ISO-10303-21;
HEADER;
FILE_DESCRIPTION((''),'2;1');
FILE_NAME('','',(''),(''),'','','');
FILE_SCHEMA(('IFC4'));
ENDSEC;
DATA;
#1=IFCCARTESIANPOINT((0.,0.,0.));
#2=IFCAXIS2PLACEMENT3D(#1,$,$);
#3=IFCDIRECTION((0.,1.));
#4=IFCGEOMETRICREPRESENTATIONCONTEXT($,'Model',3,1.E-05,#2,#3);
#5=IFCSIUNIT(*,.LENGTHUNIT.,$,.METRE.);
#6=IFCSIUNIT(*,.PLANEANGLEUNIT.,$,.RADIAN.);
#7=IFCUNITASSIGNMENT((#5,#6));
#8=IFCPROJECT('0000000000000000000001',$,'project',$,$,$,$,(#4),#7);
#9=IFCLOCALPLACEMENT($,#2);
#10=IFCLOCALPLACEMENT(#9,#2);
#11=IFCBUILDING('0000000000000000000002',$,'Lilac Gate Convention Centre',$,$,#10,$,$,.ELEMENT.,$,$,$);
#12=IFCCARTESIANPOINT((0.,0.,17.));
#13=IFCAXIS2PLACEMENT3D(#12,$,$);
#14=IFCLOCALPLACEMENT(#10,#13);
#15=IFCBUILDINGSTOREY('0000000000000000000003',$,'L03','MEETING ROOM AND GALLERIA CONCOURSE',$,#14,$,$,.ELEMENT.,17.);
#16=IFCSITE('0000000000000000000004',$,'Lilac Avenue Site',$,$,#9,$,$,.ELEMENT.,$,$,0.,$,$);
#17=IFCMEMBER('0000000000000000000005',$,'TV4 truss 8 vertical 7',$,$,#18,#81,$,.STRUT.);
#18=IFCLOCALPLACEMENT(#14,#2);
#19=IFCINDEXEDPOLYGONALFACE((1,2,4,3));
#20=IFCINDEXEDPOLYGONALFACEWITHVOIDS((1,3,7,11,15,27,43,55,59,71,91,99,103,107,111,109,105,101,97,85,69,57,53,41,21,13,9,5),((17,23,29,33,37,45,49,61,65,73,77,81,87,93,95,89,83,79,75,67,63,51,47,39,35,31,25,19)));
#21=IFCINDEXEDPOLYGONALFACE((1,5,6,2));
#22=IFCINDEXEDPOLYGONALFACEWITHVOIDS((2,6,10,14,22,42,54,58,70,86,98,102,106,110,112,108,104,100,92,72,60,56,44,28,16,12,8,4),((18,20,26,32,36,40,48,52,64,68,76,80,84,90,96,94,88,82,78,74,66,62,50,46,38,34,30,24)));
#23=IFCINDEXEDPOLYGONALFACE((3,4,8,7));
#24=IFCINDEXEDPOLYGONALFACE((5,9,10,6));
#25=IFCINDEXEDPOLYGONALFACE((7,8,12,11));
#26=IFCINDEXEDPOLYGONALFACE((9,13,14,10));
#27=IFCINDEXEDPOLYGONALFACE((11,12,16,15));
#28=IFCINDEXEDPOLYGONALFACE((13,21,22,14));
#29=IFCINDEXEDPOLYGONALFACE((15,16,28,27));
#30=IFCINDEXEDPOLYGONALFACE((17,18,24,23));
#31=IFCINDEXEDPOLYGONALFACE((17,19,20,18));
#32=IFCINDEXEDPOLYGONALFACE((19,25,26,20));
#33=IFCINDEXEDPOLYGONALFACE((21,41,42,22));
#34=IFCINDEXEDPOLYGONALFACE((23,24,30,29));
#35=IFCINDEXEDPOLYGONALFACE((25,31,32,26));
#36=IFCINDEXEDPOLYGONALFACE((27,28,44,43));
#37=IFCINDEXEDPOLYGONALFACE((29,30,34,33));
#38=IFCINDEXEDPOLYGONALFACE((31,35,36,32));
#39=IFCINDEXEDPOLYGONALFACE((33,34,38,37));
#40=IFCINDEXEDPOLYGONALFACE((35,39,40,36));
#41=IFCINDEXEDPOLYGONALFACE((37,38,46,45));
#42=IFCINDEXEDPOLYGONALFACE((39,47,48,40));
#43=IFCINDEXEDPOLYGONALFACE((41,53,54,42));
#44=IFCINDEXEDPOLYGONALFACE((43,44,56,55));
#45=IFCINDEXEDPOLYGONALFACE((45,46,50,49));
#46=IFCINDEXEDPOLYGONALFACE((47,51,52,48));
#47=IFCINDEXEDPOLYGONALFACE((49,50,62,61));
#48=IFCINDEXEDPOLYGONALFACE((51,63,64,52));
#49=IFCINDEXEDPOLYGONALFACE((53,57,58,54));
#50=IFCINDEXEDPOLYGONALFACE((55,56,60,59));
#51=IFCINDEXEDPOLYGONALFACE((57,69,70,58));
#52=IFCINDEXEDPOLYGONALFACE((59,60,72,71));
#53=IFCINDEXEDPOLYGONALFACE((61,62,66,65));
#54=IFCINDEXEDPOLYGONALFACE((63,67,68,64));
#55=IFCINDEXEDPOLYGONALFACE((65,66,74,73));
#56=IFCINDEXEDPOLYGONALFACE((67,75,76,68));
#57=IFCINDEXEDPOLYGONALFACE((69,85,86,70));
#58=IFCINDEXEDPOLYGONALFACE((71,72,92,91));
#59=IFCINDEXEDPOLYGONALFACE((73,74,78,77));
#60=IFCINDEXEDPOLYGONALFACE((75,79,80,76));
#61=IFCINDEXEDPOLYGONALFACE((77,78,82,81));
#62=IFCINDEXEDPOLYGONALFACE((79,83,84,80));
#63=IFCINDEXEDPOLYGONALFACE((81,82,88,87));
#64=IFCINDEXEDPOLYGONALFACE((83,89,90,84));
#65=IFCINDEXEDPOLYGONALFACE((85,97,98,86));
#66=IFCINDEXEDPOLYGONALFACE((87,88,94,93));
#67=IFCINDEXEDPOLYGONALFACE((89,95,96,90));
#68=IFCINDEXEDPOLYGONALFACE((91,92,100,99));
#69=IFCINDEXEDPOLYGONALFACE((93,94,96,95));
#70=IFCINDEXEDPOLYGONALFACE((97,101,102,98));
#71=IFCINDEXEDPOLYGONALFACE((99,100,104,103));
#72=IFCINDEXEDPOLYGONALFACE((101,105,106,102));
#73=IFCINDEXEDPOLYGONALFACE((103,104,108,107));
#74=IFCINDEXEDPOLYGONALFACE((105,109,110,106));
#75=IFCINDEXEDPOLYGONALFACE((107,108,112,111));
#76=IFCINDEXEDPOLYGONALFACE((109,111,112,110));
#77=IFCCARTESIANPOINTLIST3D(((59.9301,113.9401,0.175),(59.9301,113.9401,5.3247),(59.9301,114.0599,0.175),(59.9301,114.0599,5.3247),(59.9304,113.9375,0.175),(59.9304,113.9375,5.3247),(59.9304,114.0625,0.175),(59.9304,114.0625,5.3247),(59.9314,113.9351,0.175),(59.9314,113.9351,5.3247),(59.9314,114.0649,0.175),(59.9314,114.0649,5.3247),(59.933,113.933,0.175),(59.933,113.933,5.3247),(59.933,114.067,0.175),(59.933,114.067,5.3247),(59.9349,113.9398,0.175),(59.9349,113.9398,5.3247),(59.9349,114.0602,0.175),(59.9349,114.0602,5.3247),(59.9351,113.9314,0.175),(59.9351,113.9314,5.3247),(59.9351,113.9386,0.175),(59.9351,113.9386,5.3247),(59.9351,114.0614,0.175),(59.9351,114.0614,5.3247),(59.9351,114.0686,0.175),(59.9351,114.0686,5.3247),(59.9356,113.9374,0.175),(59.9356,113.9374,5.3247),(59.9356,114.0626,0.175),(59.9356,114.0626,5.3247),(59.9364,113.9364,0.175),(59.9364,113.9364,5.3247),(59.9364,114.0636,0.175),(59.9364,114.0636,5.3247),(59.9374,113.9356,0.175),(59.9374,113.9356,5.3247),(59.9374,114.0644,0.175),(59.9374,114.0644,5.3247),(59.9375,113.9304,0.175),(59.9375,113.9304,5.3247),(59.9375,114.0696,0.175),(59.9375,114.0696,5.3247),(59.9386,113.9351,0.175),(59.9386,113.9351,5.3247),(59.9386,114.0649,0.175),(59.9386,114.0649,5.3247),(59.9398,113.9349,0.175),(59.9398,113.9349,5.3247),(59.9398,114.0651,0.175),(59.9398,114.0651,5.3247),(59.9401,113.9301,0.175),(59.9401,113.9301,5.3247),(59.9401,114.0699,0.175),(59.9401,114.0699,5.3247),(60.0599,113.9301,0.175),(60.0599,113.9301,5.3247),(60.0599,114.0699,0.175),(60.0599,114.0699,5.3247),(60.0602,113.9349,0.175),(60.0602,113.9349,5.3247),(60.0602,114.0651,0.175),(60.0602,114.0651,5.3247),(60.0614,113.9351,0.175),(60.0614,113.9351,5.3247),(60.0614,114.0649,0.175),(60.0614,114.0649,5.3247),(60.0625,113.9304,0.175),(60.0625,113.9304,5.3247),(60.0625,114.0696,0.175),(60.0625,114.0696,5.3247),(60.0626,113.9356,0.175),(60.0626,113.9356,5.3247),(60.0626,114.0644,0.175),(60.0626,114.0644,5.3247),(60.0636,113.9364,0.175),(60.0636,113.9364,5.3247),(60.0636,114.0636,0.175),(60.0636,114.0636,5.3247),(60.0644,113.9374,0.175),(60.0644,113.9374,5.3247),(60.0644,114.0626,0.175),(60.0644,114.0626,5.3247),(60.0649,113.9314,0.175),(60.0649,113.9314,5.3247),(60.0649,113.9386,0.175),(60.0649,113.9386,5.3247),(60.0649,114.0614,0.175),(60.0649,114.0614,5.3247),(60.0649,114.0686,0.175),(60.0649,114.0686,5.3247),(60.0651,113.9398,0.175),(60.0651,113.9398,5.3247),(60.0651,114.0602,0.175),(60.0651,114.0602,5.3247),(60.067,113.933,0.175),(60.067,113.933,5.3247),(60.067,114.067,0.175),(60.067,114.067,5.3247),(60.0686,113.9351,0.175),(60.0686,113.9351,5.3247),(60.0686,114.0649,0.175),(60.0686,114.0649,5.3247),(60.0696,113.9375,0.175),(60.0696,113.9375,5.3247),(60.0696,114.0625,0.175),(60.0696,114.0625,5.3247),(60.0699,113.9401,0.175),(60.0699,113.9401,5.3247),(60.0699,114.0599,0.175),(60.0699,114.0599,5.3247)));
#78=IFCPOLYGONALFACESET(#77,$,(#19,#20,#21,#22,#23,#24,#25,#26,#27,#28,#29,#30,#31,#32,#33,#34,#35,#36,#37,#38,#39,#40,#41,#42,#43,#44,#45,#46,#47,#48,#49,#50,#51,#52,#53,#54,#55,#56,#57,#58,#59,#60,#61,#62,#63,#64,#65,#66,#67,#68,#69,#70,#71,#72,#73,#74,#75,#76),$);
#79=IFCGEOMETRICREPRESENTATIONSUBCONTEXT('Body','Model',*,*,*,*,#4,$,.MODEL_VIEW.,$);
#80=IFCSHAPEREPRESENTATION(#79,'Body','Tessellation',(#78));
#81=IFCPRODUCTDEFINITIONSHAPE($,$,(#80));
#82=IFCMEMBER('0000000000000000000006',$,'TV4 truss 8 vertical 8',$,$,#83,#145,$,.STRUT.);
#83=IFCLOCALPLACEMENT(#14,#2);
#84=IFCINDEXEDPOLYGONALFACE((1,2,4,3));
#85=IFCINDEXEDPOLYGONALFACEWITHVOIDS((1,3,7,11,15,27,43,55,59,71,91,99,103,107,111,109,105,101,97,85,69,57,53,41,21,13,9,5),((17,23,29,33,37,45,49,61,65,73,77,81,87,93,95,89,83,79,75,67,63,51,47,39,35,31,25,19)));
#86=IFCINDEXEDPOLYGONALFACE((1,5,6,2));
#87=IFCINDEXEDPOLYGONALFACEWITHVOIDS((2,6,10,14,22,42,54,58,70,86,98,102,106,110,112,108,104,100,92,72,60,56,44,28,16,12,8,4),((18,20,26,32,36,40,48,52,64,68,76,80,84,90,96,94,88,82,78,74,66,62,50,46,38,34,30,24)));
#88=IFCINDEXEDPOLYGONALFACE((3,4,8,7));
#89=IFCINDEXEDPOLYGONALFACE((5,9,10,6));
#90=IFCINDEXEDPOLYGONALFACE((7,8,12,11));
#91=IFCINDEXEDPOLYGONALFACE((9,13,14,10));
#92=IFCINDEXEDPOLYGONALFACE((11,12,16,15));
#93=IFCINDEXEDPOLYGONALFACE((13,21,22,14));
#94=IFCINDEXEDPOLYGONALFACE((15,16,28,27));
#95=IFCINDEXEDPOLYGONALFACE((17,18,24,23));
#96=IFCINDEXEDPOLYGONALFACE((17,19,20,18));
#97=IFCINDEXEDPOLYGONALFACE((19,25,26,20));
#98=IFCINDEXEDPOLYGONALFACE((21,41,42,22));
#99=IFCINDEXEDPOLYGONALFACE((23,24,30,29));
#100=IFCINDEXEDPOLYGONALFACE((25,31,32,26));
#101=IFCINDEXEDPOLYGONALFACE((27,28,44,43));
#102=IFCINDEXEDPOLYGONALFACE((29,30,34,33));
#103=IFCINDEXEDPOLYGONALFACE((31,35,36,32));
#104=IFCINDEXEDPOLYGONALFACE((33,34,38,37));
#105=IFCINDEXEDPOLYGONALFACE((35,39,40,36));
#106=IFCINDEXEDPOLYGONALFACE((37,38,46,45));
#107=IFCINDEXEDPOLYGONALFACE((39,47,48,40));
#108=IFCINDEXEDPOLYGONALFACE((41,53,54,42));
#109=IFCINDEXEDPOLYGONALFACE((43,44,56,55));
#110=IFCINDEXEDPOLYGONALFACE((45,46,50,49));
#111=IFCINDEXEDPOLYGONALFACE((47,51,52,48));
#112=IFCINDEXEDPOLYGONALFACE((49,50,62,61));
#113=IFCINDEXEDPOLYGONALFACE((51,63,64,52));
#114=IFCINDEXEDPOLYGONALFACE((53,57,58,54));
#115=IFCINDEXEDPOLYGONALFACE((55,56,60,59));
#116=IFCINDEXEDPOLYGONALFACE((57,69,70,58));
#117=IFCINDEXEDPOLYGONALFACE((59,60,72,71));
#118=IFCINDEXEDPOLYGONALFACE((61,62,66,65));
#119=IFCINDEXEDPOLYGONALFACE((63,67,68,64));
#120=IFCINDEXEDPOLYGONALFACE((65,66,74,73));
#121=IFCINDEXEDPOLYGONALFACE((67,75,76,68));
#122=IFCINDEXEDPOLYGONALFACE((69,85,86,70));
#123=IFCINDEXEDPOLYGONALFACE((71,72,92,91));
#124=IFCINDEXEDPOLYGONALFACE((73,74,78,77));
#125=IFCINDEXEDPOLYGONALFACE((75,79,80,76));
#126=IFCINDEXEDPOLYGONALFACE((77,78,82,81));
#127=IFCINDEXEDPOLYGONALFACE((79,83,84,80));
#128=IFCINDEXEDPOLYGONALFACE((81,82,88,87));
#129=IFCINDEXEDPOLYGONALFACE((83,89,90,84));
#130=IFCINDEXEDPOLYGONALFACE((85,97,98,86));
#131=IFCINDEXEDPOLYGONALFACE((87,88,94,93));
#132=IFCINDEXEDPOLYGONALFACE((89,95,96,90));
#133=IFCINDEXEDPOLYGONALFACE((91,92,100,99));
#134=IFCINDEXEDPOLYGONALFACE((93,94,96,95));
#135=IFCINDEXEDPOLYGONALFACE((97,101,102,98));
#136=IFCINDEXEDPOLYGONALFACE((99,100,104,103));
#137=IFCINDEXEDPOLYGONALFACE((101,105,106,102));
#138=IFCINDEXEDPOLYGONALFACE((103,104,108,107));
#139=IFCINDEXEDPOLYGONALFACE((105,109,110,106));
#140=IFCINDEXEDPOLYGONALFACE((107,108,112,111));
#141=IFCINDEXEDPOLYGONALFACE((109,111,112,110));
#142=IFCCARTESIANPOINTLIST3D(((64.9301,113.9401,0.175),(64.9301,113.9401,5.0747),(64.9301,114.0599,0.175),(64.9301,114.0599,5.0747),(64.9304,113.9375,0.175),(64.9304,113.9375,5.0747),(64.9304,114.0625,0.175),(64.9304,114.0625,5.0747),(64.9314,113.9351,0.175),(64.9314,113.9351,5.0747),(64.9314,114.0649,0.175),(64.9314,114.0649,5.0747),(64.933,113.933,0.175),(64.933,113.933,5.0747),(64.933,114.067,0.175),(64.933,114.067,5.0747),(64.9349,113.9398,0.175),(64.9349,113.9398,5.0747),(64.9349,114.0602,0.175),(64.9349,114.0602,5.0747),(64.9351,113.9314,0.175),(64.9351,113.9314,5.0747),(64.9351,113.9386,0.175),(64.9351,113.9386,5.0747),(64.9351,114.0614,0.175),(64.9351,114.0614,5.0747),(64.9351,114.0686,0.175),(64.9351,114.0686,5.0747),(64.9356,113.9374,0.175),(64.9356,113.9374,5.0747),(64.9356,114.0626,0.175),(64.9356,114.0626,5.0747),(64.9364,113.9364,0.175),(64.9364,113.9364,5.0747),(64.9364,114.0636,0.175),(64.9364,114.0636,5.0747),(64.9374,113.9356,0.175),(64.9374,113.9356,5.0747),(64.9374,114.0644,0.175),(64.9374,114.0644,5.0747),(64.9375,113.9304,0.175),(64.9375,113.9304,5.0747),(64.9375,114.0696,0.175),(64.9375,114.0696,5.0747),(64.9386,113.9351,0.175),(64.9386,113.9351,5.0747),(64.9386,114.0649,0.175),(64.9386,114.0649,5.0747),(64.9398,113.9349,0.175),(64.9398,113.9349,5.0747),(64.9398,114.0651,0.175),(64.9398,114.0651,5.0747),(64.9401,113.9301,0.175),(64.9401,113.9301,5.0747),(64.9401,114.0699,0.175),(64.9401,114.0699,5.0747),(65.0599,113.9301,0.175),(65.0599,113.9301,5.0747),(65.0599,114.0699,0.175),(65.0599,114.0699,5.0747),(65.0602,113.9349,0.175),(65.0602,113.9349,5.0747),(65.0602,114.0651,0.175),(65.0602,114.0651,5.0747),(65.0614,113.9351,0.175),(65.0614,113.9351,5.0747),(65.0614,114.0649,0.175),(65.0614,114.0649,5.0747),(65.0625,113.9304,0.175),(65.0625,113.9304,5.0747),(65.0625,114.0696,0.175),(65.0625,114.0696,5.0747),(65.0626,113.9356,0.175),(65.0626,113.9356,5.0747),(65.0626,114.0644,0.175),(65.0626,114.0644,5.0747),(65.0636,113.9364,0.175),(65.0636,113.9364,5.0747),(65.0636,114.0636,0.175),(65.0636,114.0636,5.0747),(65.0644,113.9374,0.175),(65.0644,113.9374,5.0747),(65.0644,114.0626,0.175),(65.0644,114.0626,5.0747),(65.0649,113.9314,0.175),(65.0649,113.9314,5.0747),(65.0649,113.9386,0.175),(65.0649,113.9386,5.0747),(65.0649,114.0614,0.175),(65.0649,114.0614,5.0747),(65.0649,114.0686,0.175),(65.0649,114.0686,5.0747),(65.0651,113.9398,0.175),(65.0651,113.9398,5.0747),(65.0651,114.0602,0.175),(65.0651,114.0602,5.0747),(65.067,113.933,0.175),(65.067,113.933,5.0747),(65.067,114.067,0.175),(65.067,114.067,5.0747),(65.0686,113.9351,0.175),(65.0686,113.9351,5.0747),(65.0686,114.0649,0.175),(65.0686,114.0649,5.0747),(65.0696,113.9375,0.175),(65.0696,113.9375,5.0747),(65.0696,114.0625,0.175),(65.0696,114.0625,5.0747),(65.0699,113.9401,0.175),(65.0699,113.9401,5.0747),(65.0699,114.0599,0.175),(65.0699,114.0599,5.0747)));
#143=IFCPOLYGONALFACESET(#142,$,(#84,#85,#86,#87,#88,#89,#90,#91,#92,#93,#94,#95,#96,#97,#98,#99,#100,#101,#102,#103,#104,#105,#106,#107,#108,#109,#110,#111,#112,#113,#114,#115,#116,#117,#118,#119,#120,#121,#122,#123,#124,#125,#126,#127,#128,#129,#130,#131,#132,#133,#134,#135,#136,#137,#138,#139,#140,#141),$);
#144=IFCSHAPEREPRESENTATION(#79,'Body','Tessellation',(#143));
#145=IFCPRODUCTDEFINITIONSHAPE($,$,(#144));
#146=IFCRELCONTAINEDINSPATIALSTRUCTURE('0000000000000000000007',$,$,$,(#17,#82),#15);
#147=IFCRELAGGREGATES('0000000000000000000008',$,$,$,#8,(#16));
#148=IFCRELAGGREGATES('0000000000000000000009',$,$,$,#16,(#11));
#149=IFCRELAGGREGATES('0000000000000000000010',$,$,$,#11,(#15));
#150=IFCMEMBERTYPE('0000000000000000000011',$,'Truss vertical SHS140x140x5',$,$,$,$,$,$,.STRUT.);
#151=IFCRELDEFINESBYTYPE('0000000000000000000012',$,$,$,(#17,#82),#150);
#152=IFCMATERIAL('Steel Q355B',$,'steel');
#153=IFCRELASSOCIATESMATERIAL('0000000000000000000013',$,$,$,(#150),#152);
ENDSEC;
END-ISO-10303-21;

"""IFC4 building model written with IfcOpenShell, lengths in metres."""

from ifc_helpers import new_model, si_unit, direction, frame, origin, origin_2d, place, context, subcontext, project, spatial, hollow_rectangle, extrude, material, material_profile, profile_set, type_object, element, save


model = new_model("IFC4")

# Units and contexts
model_context = context("Model", 3, precision=1e-05, world=origin(), true_north=direction((0.0, 1.0)))
body_context = subcontext(model_context, "Body", "Model", "MODEL_VIEW")
ifc_project = project(units=[si_unit("LENGTHUNIT", "METRE"), si_unit("PLANEANGLEUNIT", "RADIAN")], contexts=[model_context])

# Site, building, storey
site_placement = place(None, origin())
site = spatial("IfcSite", under=ifc_project, at=site_placement, Name="Lilac Avenue Site", CompositionType="ELEMENT", RefElevation=0.0)
building_placement = place(site_placement, origin())
building = spatial("IfcBuilding", under=site, at=building_placement, Name="Lilac Gate Convention Centre", CompositionType="ELEMENT")
storey_placement = place(building_placement, frame((0.0, 0.0, 17.0)))
storey = spatial("IfcBuildingStorey", under=building, at=storey_placement, Name="L03", Description="MEETING ROOM AND GALLERIA CONCOURSE", CompositionType="ELEMENT", Elevation=17.0)

# Members
ifc_material = material(Name="Steel Q355B", Category="steel")
ifc_material_profile_1 = material_profile(ifc_material, hollow_rectangle(XDim=0.1399, YDim=0.1399, WallThickness=0.0049, InnerFilletRadius=0.0049, OuterFilletRadius=0.01, at=origin_2d()), Name="SHS140x140x5")
ifc_profile_set_1 = profile_set([ifc_material_profile_1], Name="Steel Q355B")
member_type_1 = type_object("IfcMemberType", Name="Truss vertical SHS140x140x5", PredefinedType="STRUT", material=ifc_profile_set_1)
member_1_placement = place(storey_placement, frame((60.0, 114.0, 0.175), z_axis=(0.0, 0.0, 1.0), x_axis=(1.0, 0.0, 0.0)))
element("IfcMember", 1, at=member_1_placement, inside=storey, type_object=member_type_1, Name="TV4 truss 8 vertical 7", PredefinedType="STRUT", context=body_context, shape_type="SweptSolid", body=[
    extrude(hollow_rectangle(XDim=0.1399, YDim=0.1399, WallThickness=0.0049, InnerFilletRadius=0.0049, OuterFilletRadius=0.01, at=origin_2d()), origin(), (0.0, 0.0, 1.0), 5.1497),
])
for number, where, z_axis, x_axis, name in (
    (2, (65.0, 114.0, 0.175), (0.0, 0.0, 1.0), (1.0, 0.0, 0.0), "TV4 truss 8 vertical 8"),
):
    element("IfcMember", number, at=place(storey_placement, frame(where, z_axis=z_axis, x_axis=x_axis)), inside=storey, type_object=member_type_1, Name=name, PredefinedType="STRUT", context=body_context, shape_type="SweptSolid", body=[
        extrude(hollow_rectangle(XDim=0.1399, YDim=0.1399, WallThickness=0.0049, InnerFilletRadius=0.0049, OuterFilletRadius=0.01, at=origin_2d()), origin(), (0.0, 0.0, 1.0), 4.8997),
    ])

save(model, "model.ifc")
